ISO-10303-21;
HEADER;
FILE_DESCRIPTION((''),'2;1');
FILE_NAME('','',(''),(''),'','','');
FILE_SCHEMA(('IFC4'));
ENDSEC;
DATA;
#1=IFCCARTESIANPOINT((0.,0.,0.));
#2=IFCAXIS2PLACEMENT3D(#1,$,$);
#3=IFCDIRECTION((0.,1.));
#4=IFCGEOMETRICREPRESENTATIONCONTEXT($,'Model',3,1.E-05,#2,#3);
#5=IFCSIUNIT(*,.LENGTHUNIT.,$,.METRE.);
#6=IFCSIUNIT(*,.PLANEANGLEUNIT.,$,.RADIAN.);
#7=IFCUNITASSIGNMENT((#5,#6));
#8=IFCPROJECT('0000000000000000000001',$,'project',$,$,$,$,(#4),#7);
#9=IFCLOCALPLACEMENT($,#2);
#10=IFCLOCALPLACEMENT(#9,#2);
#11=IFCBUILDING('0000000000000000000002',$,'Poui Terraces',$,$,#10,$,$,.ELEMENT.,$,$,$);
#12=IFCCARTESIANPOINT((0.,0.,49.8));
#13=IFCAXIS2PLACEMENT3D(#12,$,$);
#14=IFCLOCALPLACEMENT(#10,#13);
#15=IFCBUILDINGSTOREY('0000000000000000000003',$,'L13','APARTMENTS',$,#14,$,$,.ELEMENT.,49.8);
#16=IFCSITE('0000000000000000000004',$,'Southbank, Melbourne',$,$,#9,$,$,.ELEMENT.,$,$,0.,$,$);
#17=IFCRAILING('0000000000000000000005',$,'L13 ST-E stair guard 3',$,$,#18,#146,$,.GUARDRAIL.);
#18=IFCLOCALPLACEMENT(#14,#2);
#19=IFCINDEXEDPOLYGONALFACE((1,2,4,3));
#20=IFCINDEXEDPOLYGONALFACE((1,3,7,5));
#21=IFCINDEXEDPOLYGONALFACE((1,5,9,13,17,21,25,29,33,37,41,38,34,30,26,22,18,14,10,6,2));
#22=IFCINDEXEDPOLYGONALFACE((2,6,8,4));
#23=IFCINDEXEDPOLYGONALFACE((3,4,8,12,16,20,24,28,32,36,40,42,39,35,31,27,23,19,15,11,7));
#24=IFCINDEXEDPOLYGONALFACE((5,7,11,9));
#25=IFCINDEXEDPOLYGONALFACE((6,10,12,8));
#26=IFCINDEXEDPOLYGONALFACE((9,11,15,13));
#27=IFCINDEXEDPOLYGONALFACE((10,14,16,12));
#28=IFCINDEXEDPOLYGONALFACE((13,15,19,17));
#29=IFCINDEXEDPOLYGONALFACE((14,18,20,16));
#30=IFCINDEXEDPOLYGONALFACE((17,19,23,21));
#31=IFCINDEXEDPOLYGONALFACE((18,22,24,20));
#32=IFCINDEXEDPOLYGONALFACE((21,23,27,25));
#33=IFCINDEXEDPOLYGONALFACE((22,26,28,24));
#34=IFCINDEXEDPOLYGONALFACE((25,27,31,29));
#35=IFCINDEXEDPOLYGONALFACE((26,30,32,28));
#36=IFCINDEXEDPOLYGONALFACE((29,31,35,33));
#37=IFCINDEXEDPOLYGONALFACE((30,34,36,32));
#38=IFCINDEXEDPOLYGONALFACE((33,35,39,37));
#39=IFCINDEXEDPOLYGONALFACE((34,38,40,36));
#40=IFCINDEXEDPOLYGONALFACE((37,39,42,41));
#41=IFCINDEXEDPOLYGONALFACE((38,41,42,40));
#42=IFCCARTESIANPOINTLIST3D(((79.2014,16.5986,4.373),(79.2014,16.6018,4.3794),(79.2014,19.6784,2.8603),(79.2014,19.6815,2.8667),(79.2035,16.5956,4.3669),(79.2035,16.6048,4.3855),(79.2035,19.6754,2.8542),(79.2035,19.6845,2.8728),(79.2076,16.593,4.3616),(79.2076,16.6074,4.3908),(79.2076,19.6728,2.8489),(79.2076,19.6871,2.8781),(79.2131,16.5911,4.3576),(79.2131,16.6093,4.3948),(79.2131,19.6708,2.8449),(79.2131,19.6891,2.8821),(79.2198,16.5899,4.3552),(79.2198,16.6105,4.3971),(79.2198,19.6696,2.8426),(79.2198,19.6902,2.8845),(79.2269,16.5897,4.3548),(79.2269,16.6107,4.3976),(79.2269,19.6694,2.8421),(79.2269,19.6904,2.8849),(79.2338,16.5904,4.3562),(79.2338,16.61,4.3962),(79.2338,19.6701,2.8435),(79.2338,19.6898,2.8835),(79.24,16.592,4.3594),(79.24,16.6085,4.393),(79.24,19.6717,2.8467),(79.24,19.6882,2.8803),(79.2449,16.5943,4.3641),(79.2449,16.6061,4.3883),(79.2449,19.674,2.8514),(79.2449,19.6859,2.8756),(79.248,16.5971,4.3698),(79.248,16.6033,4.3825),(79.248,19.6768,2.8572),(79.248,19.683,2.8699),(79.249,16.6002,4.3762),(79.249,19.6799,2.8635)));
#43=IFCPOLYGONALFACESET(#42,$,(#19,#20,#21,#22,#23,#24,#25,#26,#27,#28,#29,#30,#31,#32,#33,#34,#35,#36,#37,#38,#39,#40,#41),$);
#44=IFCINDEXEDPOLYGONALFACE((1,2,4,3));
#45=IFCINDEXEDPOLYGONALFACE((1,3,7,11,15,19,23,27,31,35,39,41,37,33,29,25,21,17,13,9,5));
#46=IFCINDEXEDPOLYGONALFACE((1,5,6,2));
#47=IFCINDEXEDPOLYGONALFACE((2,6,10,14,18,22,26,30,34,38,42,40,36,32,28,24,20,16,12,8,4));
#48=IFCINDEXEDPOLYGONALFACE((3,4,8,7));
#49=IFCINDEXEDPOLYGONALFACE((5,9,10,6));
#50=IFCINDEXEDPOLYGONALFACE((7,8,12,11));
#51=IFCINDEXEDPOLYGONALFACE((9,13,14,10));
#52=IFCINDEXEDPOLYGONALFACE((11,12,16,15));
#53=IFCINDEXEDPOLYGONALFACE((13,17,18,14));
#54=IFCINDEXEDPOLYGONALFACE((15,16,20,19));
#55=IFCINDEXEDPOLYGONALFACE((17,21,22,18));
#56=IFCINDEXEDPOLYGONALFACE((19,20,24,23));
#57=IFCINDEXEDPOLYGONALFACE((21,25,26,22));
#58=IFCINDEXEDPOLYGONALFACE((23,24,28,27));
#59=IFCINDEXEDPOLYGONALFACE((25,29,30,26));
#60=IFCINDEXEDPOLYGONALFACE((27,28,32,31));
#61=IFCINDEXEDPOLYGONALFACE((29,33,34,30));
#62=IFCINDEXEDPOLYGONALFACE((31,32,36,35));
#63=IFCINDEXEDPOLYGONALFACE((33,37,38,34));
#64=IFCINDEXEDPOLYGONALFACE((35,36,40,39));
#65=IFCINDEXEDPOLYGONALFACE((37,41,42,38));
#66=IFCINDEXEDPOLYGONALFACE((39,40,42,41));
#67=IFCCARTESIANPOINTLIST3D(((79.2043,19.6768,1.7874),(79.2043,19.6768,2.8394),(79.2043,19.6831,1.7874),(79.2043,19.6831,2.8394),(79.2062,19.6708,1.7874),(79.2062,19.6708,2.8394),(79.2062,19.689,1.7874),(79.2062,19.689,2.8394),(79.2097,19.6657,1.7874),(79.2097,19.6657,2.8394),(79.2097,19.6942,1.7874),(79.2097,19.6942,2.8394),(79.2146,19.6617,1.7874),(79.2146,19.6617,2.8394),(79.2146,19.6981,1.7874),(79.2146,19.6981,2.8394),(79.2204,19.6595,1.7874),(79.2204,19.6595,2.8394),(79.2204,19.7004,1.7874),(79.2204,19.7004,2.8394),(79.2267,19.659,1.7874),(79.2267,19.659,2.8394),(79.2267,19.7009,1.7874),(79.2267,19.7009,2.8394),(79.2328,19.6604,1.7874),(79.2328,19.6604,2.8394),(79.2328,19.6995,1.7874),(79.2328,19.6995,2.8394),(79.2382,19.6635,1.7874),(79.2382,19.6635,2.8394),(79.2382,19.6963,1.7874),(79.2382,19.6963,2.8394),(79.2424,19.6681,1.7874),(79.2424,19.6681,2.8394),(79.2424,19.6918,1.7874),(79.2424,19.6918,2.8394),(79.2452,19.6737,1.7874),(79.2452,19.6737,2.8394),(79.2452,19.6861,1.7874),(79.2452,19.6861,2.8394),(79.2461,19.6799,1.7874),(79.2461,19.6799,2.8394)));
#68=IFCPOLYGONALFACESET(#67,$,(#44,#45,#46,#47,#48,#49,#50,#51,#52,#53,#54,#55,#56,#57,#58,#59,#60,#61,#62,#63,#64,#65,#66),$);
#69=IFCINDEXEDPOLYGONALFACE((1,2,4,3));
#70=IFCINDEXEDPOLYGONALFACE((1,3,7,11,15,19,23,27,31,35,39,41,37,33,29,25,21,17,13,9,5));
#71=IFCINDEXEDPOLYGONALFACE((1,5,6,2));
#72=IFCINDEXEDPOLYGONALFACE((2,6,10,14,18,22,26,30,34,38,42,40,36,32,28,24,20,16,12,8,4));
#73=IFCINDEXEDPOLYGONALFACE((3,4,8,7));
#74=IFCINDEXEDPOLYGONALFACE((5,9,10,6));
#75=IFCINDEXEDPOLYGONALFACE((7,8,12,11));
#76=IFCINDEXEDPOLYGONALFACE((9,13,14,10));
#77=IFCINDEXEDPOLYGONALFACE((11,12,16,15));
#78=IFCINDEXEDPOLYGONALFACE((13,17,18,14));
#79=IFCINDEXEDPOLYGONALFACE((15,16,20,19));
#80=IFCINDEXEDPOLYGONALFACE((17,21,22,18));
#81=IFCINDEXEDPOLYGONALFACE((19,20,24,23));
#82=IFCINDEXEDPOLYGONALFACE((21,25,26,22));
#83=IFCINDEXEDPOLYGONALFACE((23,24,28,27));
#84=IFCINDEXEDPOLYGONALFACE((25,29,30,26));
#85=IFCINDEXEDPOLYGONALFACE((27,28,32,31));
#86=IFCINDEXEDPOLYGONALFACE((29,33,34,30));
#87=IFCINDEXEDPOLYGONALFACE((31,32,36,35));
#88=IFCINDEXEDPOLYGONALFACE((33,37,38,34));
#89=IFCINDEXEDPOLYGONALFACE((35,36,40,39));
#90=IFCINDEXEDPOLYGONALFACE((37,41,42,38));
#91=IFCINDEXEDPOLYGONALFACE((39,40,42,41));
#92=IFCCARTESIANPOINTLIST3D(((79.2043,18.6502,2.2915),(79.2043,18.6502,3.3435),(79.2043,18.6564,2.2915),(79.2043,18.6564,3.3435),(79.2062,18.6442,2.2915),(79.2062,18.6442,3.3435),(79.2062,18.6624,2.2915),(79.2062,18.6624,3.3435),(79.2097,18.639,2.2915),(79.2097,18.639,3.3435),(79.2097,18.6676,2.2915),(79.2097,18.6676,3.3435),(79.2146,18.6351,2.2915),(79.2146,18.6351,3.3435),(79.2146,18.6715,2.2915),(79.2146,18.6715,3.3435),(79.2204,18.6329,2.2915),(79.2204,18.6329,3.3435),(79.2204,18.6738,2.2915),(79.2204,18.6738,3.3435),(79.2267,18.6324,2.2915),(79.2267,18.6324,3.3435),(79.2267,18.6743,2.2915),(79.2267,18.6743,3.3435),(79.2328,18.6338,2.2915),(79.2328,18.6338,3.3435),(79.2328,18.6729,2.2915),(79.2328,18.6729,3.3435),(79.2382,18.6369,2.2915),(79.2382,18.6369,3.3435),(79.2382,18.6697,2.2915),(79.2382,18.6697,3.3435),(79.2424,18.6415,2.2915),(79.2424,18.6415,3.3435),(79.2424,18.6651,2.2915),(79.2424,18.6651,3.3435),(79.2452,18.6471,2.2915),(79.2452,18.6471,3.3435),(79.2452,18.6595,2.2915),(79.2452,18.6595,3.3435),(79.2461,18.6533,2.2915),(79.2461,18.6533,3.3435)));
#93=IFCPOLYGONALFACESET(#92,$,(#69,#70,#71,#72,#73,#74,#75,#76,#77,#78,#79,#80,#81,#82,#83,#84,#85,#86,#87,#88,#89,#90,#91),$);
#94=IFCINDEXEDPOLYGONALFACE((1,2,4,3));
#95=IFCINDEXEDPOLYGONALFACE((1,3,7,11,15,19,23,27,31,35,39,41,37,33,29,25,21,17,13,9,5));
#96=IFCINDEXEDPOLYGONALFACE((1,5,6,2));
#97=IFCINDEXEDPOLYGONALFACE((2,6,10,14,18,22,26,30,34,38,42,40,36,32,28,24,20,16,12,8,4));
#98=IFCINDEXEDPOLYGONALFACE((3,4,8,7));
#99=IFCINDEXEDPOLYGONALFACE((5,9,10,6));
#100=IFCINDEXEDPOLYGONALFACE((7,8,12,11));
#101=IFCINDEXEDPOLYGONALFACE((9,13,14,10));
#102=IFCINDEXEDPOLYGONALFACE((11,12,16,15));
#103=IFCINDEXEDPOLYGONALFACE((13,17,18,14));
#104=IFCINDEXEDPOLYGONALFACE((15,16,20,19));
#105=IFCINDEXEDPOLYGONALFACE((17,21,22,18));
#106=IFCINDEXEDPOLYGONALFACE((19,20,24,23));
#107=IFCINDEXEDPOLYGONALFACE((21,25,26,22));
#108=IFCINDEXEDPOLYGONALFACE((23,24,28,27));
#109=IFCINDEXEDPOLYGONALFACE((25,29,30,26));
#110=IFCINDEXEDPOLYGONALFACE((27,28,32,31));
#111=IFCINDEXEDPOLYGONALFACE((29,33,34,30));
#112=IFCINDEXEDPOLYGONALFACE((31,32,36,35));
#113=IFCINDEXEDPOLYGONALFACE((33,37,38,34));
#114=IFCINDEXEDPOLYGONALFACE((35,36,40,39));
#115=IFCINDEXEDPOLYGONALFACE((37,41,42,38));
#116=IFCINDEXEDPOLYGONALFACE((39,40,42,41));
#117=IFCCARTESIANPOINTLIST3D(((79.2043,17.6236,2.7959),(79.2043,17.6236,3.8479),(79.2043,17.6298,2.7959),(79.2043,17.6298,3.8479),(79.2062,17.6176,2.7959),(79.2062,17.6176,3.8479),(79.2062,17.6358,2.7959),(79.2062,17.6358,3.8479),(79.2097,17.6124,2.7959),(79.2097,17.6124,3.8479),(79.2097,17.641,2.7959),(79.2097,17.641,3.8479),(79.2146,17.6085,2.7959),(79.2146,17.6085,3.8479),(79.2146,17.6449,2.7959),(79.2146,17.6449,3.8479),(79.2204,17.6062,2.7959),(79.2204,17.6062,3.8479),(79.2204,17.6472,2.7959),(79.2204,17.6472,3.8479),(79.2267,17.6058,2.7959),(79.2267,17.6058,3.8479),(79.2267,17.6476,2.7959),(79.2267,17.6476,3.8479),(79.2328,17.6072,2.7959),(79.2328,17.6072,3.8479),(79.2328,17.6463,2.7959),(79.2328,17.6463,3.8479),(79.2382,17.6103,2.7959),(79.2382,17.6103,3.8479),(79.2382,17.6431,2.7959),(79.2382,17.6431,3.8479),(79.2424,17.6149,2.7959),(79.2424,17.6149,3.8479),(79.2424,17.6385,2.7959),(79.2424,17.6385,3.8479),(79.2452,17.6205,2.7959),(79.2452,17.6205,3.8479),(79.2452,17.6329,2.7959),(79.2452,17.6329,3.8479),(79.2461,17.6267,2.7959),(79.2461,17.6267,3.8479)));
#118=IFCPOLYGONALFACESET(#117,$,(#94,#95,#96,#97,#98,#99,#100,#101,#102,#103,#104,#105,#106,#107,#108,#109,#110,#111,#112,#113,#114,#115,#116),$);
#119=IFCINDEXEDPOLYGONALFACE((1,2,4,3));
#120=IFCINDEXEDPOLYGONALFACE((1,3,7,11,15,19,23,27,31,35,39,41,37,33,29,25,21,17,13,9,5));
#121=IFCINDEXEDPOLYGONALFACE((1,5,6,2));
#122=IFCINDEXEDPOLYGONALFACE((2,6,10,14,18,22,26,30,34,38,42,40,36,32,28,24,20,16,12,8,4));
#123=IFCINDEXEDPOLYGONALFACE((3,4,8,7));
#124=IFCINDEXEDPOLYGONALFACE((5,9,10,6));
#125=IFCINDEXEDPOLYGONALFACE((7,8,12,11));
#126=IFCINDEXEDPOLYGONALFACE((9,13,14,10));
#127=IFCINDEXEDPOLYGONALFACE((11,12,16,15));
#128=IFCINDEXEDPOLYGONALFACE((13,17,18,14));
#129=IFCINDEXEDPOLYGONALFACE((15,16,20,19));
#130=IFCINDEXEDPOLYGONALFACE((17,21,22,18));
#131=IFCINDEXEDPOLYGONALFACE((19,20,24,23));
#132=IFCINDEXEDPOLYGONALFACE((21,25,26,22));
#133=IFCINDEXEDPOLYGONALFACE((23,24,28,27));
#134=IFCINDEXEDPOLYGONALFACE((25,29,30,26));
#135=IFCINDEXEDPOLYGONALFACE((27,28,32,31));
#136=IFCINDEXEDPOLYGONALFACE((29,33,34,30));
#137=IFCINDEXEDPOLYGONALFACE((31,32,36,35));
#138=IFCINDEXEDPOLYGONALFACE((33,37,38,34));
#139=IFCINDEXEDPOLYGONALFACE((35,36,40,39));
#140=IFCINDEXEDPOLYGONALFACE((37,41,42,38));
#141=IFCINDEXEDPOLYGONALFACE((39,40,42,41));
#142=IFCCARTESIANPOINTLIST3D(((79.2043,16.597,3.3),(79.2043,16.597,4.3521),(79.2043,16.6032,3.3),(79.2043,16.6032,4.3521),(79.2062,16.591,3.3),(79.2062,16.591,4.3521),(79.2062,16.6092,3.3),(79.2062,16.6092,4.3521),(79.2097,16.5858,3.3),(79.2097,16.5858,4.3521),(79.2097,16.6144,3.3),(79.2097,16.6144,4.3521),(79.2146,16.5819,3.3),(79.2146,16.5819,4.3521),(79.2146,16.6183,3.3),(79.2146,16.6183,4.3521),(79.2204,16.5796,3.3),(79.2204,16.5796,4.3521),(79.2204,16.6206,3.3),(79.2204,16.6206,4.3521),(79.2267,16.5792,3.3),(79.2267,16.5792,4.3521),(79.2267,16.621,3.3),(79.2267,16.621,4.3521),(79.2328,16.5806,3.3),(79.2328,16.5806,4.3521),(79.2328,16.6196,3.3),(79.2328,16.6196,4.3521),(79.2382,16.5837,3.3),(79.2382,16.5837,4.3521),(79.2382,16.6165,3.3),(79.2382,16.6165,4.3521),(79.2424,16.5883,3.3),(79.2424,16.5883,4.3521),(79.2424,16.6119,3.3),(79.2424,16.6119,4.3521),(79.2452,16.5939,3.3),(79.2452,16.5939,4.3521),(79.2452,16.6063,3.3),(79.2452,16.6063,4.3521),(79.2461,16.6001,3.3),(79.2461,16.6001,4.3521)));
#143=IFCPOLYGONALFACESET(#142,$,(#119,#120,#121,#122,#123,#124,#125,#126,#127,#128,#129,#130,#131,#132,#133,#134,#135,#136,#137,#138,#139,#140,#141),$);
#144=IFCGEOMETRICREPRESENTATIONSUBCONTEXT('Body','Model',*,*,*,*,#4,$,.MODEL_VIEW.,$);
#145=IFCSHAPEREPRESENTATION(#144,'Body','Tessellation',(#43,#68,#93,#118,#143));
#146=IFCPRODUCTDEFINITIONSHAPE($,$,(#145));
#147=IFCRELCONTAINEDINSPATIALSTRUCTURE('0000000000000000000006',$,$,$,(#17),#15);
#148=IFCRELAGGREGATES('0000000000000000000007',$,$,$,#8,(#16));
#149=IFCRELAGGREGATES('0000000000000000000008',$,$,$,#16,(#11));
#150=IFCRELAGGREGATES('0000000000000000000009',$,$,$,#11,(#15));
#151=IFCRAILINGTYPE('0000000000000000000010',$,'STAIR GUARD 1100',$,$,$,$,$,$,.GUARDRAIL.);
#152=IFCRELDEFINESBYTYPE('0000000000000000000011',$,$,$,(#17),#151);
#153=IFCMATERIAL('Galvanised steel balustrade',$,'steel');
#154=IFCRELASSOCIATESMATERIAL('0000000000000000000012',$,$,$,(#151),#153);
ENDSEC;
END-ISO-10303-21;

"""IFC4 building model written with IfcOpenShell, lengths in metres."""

from ifc_helpers import new_model, si_unit, direction, frame, origin, origin_2d, place, context, subcontext, project, spatial, circle, extrude, material, type_object, element, save


model = new_model("IFC4")

# Units and contexts
model_context = context("Model", 3, precision=1e-05, world=origin(), true_north=direction((0.0, 1.0)))
body_context = subcontext(model_context, "Body", "Model", "MODEL_VIEW")
ifc_project = project(units=[si_unit("LENGTHUNIT", "METRE"), si_unit("PLANEANGLEUNIT", "RADIAN")], contexts=[model_context])

# Site, building, storey
site_placement = place(None, origin())
site = spatial("IfcSite", under=ifc_project, at=site_placement, Name="Southbank, Melbourne", CompositionType="ELEMENT", RefElevation=0.0)
building_placement = place(site_placement, origin())
building = spatial("IfcBuilding", under=site, at=building_placement, Name="Poui Terraces", CompositionType="ELEMENT")
storey_placement = place(building_placement, frame((0.0, 0.0, 49.8)))
storey = spatial("IfcBuildingStorey", under=building, at=storey_placement, Name="L13", Description="APARTMENTS", CompositionType="ELEMENT", Elevation=49.8)

# Railing
ifc_material_1 = material(Name="Galvanised steel balustrade", Category="steel")
railing_type_1 = type_object("IfcRailingType", Name="STAIR GUARD 1100", PredefinedType="GUARDRAIL", material=ifc_material_1)
railing_1_placement = place(storey_placement, frame((79.2251, 19.6799, 1.7874)))
element("IfcRailing", 1, at=railing_1_placement, inside=storey, type_object=railing_type_1, Name="L13 ST-E stair guard 3", PredefinedType="GUARDRAIL", context=body_context, shape_type="SweptSolid", body=[
    extrude(circle(Radius=0.0239, at=origin_2d()), frame((0.0, 0.0, 1.0762), z_axis=(0.0, -0.897578, 0.440856), x_axis=(1.0, 0.0, 0.0)), (0.0, 0.0, 1.0), 3.4312),
    extrude(circle(Radius=0.021, at=origin_2d()), origin(), (0.0, 0.0, 1.0), 1.052),
    extrude(circle(Radius=0.021, at=origin_2d()), frame((0.0, -1.0266, 0.5042)), (0.0, 0.0, 1.0), 1.052),
    extrude(circle(Radius=0.021, at=origin_2d()), frame((0.0, -2.0532, 1.0085)), (0.0, 0.0, 1.0), 1.052),
    extrude(circle(Radius=0.021, at=origin_2d()), frame((0.0, -3.0798, 1.5127)), (0.0, 0.0, 1.0), 1.052),
])

save(model, "model.ifc")
